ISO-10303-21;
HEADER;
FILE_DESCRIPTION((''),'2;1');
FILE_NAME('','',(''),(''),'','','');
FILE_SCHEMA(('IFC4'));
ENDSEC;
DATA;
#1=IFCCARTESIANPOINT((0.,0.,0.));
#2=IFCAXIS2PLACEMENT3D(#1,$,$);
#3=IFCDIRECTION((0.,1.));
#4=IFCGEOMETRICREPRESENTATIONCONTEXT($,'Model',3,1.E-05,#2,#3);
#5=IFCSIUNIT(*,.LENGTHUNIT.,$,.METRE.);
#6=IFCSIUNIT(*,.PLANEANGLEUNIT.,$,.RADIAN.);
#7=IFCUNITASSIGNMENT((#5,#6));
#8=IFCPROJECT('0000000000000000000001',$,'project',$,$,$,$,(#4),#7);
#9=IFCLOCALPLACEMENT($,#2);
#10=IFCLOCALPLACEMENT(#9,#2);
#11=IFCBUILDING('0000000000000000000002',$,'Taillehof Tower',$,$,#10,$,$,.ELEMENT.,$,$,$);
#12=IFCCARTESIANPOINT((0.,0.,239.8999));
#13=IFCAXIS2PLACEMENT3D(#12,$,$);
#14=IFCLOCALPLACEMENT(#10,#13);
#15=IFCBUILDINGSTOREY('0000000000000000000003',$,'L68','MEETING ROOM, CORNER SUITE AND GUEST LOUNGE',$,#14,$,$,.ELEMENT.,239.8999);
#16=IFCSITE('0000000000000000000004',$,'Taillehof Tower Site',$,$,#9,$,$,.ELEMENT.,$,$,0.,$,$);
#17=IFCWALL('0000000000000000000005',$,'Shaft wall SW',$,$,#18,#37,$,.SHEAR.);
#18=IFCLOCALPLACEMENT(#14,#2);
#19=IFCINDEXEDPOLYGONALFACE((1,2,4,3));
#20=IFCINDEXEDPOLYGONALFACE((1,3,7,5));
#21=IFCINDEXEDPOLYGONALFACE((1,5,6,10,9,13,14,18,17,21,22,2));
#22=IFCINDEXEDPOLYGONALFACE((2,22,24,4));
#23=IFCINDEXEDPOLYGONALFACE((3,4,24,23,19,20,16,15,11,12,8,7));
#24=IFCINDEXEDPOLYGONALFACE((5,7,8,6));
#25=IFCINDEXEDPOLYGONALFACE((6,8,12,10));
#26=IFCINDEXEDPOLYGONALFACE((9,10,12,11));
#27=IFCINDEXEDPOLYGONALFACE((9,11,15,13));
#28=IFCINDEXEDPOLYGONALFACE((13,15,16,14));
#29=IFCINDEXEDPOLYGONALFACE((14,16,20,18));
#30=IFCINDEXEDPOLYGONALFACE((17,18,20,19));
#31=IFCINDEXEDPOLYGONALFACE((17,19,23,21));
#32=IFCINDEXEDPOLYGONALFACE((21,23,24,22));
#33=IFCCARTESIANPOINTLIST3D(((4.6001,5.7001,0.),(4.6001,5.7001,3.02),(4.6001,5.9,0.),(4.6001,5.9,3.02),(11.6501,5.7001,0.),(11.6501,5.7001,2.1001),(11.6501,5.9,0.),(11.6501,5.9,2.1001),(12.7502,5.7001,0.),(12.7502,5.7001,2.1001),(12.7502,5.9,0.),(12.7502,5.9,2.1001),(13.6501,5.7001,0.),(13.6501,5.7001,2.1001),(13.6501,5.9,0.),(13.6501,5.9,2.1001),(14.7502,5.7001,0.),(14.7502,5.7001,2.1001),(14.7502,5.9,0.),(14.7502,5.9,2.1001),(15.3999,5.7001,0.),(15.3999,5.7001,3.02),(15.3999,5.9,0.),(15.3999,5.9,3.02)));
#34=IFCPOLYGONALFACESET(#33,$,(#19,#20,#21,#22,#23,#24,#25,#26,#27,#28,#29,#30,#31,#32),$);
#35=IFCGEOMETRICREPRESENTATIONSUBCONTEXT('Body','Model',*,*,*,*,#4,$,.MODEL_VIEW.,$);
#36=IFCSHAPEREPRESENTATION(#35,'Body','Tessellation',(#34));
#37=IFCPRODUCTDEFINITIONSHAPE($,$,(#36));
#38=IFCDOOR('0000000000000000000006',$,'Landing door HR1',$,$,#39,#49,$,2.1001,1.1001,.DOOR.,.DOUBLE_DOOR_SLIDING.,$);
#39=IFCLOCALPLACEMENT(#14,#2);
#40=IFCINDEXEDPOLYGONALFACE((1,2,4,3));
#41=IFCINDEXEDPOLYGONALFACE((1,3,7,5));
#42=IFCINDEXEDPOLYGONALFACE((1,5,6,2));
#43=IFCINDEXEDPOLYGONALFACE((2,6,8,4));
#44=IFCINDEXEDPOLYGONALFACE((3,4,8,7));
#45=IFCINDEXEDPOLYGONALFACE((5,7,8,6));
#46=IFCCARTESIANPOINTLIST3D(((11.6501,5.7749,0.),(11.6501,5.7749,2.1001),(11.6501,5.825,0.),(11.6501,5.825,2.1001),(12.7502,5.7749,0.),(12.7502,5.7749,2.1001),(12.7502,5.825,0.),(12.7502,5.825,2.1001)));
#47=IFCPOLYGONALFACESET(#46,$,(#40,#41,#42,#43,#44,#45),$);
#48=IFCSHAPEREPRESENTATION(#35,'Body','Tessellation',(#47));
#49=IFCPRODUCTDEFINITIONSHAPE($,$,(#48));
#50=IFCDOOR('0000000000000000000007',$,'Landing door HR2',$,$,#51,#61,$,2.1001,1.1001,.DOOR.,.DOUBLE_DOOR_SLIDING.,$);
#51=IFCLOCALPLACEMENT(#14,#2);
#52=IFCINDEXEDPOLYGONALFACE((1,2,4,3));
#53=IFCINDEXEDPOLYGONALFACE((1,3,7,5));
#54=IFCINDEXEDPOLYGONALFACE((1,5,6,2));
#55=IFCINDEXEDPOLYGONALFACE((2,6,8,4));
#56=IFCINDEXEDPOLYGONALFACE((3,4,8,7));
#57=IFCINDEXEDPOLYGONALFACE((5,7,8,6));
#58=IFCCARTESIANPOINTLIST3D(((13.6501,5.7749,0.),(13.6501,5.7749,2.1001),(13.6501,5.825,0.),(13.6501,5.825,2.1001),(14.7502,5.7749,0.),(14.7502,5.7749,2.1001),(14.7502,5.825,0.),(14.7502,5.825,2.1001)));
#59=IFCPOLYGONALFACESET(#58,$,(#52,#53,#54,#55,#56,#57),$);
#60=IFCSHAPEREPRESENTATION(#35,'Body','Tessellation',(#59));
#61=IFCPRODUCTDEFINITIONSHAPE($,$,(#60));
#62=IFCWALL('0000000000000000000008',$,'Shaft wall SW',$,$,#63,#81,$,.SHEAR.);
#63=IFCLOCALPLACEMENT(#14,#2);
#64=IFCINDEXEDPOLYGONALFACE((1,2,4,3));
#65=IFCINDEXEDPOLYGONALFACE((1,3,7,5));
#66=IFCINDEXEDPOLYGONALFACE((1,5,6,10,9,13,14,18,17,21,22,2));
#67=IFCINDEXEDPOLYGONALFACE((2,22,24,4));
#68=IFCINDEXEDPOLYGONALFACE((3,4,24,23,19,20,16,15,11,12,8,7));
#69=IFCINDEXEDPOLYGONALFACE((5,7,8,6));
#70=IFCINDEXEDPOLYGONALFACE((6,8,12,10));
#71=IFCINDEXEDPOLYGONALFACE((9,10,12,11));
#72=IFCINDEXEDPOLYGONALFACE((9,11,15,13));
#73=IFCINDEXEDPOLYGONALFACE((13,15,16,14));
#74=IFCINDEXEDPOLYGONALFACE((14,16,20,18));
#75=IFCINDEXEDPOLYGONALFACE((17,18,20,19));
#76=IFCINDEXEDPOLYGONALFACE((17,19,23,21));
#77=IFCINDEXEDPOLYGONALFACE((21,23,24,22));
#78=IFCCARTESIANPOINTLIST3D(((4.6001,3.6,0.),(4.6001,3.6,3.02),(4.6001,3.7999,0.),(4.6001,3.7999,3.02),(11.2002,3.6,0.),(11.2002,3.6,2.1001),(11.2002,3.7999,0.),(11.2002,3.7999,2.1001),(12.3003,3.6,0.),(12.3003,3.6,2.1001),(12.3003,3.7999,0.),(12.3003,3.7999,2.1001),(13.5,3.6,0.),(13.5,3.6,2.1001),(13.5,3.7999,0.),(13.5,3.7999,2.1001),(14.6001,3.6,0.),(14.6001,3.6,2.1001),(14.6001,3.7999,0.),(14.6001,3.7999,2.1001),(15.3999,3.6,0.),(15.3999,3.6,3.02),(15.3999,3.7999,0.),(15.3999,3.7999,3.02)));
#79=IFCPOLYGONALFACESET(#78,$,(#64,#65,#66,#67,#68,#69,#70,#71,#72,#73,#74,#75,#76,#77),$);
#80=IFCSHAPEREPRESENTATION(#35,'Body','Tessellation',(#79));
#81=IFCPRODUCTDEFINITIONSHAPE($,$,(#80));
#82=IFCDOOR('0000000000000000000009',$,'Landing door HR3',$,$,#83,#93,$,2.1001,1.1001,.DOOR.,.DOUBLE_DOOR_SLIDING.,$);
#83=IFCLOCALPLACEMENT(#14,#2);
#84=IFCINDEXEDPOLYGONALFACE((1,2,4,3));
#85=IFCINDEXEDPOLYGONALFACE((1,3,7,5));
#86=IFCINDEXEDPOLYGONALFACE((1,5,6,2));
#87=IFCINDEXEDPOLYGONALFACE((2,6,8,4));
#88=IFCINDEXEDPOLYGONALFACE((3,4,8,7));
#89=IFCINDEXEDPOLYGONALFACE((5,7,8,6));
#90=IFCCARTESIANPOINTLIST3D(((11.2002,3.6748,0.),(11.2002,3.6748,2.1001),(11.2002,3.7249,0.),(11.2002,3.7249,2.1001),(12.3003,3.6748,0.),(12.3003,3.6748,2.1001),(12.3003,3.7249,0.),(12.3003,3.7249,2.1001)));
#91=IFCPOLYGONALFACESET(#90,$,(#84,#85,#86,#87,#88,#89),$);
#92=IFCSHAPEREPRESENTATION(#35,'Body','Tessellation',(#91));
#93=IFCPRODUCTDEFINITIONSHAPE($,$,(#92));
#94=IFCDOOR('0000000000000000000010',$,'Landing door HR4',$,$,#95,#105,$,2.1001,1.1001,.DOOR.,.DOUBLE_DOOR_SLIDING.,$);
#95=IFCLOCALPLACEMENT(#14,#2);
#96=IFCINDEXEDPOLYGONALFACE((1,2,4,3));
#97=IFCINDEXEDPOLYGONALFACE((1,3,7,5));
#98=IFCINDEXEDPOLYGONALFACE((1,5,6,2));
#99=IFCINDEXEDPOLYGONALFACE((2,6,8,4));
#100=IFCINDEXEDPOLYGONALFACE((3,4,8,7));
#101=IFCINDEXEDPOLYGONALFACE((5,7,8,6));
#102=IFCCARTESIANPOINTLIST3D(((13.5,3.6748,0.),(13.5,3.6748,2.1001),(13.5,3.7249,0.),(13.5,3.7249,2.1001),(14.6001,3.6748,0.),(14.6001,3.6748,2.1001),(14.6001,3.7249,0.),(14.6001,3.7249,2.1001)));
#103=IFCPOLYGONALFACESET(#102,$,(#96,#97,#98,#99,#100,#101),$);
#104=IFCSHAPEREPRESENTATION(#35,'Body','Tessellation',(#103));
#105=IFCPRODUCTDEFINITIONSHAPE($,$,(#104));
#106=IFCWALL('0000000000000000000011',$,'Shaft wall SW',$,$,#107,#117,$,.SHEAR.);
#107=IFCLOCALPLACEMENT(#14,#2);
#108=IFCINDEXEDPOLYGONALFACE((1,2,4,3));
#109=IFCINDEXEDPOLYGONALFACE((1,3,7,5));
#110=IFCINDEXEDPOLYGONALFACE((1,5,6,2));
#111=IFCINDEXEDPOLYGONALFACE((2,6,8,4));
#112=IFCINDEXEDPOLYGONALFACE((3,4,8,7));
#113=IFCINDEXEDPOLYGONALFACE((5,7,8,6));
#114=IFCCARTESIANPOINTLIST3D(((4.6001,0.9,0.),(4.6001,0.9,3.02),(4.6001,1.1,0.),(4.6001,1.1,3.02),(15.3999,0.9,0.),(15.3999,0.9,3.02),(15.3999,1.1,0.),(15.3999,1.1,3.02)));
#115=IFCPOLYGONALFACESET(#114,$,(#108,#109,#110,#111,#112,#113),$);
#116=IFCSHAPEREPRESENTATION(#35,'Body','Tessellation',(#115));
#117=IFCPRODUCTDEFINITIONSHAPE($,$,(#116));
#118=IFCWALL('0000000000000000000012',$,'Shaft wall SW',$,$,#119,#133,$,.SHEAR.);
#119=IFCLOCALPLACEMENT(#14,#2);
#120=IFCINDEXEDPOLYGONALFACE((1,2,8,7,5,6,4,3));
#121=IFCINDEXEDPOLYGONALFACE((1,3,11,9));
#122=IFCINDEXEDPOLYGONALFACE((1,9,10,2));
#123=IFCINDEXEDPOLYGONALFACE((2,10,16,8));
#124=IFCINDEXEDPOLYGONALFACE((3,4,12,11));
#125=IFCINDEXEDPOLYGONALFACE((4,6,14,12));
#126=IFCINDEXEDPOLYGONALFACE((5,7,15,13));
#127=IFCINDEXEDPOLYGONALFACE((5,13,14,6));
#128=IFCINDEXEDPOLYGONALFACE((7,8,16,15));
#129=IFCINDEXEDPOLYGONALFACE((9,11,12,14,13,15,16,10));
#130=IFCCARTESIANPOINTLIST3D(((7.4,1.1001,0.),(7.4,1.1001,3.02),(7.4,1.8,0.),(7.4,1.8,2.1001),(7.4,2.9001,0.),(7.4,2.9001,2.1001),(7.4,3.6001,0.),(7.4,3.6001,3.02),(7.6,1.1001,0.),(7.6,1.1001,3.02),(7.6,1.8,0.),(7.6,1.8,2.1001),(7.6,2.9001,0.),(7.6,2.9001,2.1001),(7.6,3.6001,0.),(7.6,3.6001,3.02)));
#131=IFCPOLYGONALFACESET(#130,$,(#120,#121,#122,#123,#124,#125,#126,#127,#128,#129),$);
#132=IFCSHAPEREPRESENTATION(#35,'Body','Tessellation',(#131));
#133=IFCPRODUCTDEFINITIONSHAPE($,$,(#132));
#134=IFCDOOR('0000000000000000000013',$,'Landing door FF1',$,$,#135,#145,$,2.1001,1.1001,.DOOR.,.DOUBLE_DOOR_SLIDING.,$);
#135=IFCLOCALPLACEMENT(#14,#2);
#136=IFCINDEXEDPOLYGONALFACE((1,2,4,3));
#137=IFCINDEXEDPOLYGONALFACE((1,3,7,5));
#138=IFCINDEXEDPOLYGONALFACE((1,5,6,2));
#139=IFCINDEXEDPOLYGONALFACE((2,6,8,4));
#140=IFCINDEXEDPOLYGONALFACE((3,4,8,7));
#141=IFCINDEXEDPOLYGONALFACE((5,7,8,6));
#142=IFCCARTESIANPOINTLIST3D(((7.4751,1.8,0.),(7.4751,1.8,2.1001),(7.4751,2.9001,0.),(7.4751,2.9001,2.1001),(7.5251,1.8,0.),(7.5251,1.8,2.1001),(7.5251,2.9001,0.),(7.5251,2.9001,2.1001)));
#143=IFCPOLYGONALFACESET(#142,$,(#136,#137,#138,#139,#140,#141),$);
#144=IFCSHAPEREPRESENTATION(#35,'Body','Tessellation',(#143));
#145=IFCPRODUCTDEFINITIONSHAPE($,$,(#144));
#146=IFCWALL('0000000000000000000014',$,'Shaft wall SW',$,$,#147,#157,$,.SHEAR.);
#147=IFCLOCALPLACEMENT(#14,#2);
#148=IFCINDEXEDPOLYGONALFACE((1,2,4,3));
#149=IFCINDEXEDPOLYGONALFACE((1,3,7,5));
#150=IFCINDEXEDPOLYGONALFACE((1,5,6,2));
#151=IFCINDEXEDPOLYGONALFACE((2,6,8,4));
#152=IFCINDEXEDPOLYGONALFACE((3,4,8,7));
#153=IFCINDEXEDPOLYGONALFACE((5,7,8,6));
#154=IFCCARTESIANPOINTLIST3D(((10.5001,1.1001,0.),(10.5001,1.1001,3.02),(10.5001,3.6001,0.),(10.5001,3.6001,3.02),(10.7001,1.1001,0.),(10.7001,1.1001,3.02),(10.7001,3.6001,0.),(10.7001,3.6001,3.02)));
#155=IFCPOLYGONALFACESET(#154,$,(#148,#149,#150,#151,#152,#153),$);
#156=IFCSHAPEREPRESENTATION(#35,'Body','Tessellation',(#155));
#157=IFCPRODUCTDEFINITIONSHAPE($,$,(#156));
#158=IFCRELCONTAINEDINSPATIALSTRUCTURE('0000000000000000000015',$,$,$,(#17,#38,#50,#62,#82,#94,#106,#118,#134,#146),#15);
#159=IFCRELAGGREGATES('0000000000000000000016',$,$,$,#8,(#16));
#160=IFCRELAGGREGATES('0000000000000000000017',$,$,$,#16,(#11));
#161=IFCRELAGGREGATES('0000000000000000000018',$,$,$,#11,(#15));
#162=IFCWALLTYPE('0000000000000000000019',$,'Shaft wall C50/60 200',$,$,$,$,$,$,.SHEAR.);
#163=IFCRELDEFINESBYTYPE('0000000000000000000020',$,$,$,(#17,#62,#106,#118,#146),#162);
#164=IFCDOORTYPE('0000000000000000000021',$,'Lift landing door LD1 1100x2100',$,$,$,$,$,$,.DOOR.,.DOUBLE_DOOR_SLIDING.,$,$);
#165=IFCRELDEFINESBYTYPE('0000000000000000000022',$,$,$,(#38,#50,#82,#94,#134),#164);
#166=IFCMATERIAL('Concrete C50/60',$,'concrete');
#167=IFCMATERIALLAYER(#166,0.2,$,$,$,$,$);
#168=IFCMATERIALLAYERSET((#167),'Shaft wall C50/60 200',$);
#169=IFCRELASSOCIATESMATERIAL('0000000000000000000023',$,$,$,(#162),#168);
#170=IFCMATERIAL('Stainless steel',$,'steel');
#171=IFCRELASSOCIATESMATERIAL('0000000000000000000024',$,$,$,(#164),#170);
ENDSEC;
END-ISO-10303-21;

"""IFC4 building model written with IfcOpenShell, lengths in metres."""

from ifc_helpers import new_model, si_unit, direction, frame, frame_2d, origin, place, context, subcontext, project, spatial, rectangle, extrude, material, layer, layer_set, type_object, element, fill, save


model = new_model("IFC4")

# Units and contexts
model_context = context("Model", 3, precision=1e-05, world=origin(), true_north=direction((0.0, 1.0)))
body_context = subcontext(model_context, "Body", "Model", "MODEL_VIEW")
ifc_project = project(units=[si_unit("LENGTHUNIT", "METRE"), si_unit("PLANEANGLEUNIT", "RADIAN")], contexts=[model_context])

# Site, building, storey
site_placement = place(None, origin())
site = spatial("IfcSite", under=ifc_project, at=site_placement, Name="Taillehof Tower Site", CompositionType="ELEMENT", RefElevation=0.0)
building_placement = place(site_placement, origin())
building = spatial("IfcBuilding", under=site, at=building_placement, Name="Taillehof Tower", CompositionType="ELEMENT")
storey_placement = place(building_placement, frame((0.0, 0.0, 239.8999)))
storey = spatial("IfcBuildingStorey", under=building, at=storey_placement, Name="L68", Description="MEETING ROOM, CORNER SUITE AND GUEST LOUNGE", CompositionType="ELEMENT", Elevation=239.8999)

# Walls, openings, doors
ifc_material_1 = material(Name="Concrete C50/60", Category="concrete")
ifc_layer_1 = layer(ifc_material_1, 0.2)
ifc_layer_set_1 = layer_set([ifc_layer_1], Name="Shaft wall C50/60 200")
wall_type_1 = type_object("IfcWallType", Name="Shaft wall C50/60 200", PredefinedType="SHEAR", material=ifc_layer_set_1)
wall_1_placement = place(storey_placement, frame((4.6001, 5.8, 0.0), z_axis=(0.0, 0.0, 1.0), x_axis=(1.0, 0.0, 0.0)))
wall_1 = element("IfcWall", 1, at=wall_1_placement, inside=storey, type_object=wall_type_1, Name="Shaft wall SW", PredefinedType="SHEAR", context=body_context, shape_type="SweptSolid", body=[
    extrude(rectangle(XDim=10.7998, YDim=0.2, at=frame_2d((5.3999, 0.0))), origin(), (0.0, 0.0, 1.0), 3.02),
])
opening_1_placement = place(wall_1_placement, frame((7.05, 0.0, 0.0)))
opening_1 = element("IfcOpeningElement", 2, at=opening_1_placement, cuts=wall_1, PredefinedType="OPENING", context=body_context, shape_type="SweptSolid", body=[
    extrude(rectangle(XDim=1.1001, YDim=2.1001, at=frame_2d((0.55, 1.05))), frame((0.0, 0.1099, 0.0), z_axis=(0.0, -1.0, 0.0), x_axis=(1.0, 0.0, 0.0)), (0.0, 0.0, 1.0), 0.22),
])
opening_2_placement = place(wall_1_placement, frame((9.05, 0.0, 0.0)))
opening_2 = element("IfcOpeningElement", 3, at=opening_2_placement, cuts=wall_1, PredefinedType="OPENING", context=body_context, shape_type="SweptSolid", body=[
    extrude(rectangle(XDim=1.1001, YDim=2.1001, at=frame_2d((0.55, 1.05))), frame((0.0, 0.1099, 0.0), z_axis=(0.0, -1.0, 0.0), x_axis=(1.0, 0.0, 0.0)), (0.0, 0.0, 1.0), 0.22),
])
ifc_material_2 = material(Name="Stainless steel", Category="steel")
door_type_1 = type_object("IfcDoorType", Name="Lift landing door LD1 1100x2100", OperationType="DOUBLE_DOOR_SLIDING", PredefinedType="DOOR", material=ifc_material_2)
door_1_placement = place(opening_1_placement, origin())
door_1 = element("IfcDoor", 4, at=door_1_placement, inside=storey, type_object=door_type_1, Name="Landing door HR1", OperationType="DOUBLE_DOOR_SLIDING", OverallHeight=2.1001, OverallWidth=1.1001, PredefinedType="DOOR", context=body_context, shape_type="SweptSolid", body=[
    extrude(rectangle(XDim=1.1001, YDim=2.1001, at=frame_2d((0.55, 1.05))), frame((0.0, 0.0249, 0.0), z_axis=(0.0, -1.0, 0.0), x_axis=(1.0, 0.0, 0.0)), (0.0, 0.0, 1.0), 0.05),
])
fill(opening_1, door_1)
door_2_placement = place(opening_2_placement, origin())
door_2 = element("IfcDoor", 5, at=door_2_placement, inside=storey, type_object=door_type_1, Name="Landing door HR2", OperationType="DOUBLE_DOOR_SLIDING", OverallHeight=2.1001, OverallWidth=1.1001, PredefinedType="DOOR", context=body_context, shape_type="SweptSolid", body=[
    extrude(rectangle(XDim=1.1001, YDim=2.1001, at=frame_2d((0.55, 1.05))), frame((0.0, 0.0249, 0.0), z_axis=(0.0, -1.0, 0.0), x_axis=(1.0, 0.0, 0.0)), (0.0, 0.0, 1.0), 0.05),
])
fill(opening_2, door_2)
wall_2_placement = place(storey_placement, frame((4.6001, 3.7, 0.0), z_axis=(0.0, 0.0, 1.0), x_axis=(1.0, 0.0, 0.0)))
wall_2 = element("IfcWall", 6, at=wall_2_placement, inside=storey, type_object=wall_type_1, Name="Shaft wall SW", PredefinedType="SHEAR", context=body_context, shape_type="SweptSolid", body=[
    extrude(rectangle(XDim=10.7998, YDim=0.2, at=frame_2d((5.3999, 0.0))), origin(), (0.0, 0.0, 1.0), 3.02),
])
opening_3_placement = place(wall_2_placement, frame((6.6001, 0.0, 0.0)))
opening_3 = element("IfcOpeningElement", 7, at=opening_3_placement, cuts=wall_2, PredefinedType="OPENING", context=body_context, shape_type="SweptSolid", body=[
    extrude(rectangle(XDim=1.1001, YDim=2.1001, at=frame_2d((0.55, 1.05))), frame((0.0, 0.1099, 0.0), z_axis=(0.0, -1.0, 0.0), x_axis=(1.0, 0.0, 0.0)), (0.0, 0.0, 1.0), 0.22),
])
opening_4_placement = place(wall_2_placement, frame((8.8999, 0.0, 0.0)))
opening_4 = element("IfcOpeningElement", 8, at=opening_4_placement, cuts=wall_2, PredefinedType="OPENING", context=body_context, shape_type="SweptSolid", body=[
    extrude(rectangle(XDim=1.1001, YDim=2.1001, at=frame_2d((0.55, 1.05))), frame((0.0, 0.1099, 0.0), z_axis=(0.0, -1.0, 0.0), x_axis=(1.0, 0.0, 0.0)), (0.0, 0.0, 1.0), 0.22),
])
door_3_placement = place(opening_3_placement, origin())
door_3 = element("IfcDoor", 9, at=door_3_placement, inside=storey, type_object=door_type_1, Name="Landing door HR3", OperationType="DOUBLE_DOOR_SLIDING", OverallHeight=2.1001, OverallWidth=1.1001, PredefinedType="DOOR", context=body_context, shape_type="SweptSolid", body=[
    extrude(rectangle(XDim=1.1001, YDim=2.1001, at=frame_2d((0.55, 1.05))), frame((0.0, 0.0249, 0.0), z_axis=(0.0, -1.0, 0.0), x_axis=(1.0, 0.0, 0.0)), (0.0, 0.0, 1.0), 0.05),
])
fill(opening_3, door_3)
door_4_placement = place(opening_4_placement, origin())
door_4 = element("IfcDoor", 10, at=door_4_placement, inside=storey, type_object=door_type_1, Name="Landing door HR4", OperationType="DOUBLE_DOOR_SLIDING", OverallHeight=2.1001, OverallWidth=1.1001, PredefinedType="DOOR", context=body_context, shape_type="SweptSolid", body=[
    extrude(rectangle(XDim=1.1001, YDim=2.1001, at=frame_2d((0.55, 1.05))), frame((0.0, 0.0249, 0.0), z_axis=(0.0, -1.0, 0.0), x_axis=(1.0, 0.0, 0.0)), (0.0, 0.0, 1.0), 0.05),
])
fill(opening_4, door_4)

# Wall
wall_3_placement = place(storey_placement, frame((4.6001, 1.0, 0.0), z_axis=(0.0, 0.0, 1.0), x_axis=(1.0, 0.0, 0.0)))
element("IfcWall", 11, at=wall_3_placement, inside=storey, type_object=wall_type_1, Name="Shaft wall SW", PredefinedType="SHEAR", context=body_context, shape_type="SweptSolid", body=[
    extrude(rectangle(XDim=10.7998, YDim=0.2, at=frame_2d((5.3999, 0.0))), origin(), (0.0, 0.0, 1.0), 3.02),
])

# Wall, opening, door
wall_4_placement = place(storey_placement, frame((7.5, 1.1001, 0.0), z_axis=(0.0, 0.0, 1.0), x_axis=(0.0, 1.0, 0.0)))
wall_4 = element("IfcWall", 12, at=wall_4_placement, inside=storey, type_object=wall_type_1, Name="Shaft wall SW", PredefinedType="SHEAR", context=body_context, shape_type="SweptSolid", body=[
    extrude(rectangle(XDim=2.5, YDim=0.2, at=frame_2d((1.25, 0.0))), origin(), (0.0, 0.0, 1.0), 3.02),
])
opening_5_placement = place(wall_4_placement, frame((0.7, 0.0, 0.0)))
opening_5 = element("IfcOpeningElement", 13, at=opening_5_placement, cuts=wall_4, PredefinedType="OPENING", context=body_context, shape_type="SweptSolid", body=[
    extrude(rectangle(XDim=1.1001, YDim=2.1001, at=frame_2d((0.55, 1.05))), frame((0.0, 0.1099, 0.0), z_axis=(0.0, -1.0, 0.0), x_axis=(1.0, 0.0, 0.0)), (0.0, 0.0, 1.0), 0.22),
])
door_5_placement = place(opening_5_placement, origin())
door_5 = element("IfcDoor", 14, at=door_5_placement, inside=storey, type_object=door_type_1, Name="Landing door FF1", OperationType="DOUBLE_DOOR_SLIDING", OverallHeight=2.1001, OverallWidth=1.1001, PredefinedType="DOOR", context=body_context, shape_type="SweptSolid", body=[
    extrude(rectangle(XDim=1.1001, YDim=2.1001, at=frame_2d((0.55, 1.05))), frame((0.0, 0.0249, 0.0), z_axis=(0.0, -1.0, 0.0), x_axis=(1.0, 0.0, 0.0)), (0.0, 0.0, 1.0), 0.05),
])
fill(opening_5, door_5)

# Wall
wall_5_placement = place(storey_placement, frame((10.6001, 1.1001, 0.0), z_axis=(0.0, 0.0, 1.0), x_axis=(0.0, 1.0, 0.0)))
element("IfcWall", 15, at=wall_5_placement, inside=storey, type_object=wall_type_1, Name="Shaft wall SW", PredefinedType="SHEAR", context=body_context, shape_type="SweptSolid", body=[
    extrude(rectangle(XDim=2.5, YDim=0.2, at=frame_2d((1.25, 0.0))), origin(), (0.0, 0.0, 1.0), 3.02),
])

save(model, "model.ifc")
